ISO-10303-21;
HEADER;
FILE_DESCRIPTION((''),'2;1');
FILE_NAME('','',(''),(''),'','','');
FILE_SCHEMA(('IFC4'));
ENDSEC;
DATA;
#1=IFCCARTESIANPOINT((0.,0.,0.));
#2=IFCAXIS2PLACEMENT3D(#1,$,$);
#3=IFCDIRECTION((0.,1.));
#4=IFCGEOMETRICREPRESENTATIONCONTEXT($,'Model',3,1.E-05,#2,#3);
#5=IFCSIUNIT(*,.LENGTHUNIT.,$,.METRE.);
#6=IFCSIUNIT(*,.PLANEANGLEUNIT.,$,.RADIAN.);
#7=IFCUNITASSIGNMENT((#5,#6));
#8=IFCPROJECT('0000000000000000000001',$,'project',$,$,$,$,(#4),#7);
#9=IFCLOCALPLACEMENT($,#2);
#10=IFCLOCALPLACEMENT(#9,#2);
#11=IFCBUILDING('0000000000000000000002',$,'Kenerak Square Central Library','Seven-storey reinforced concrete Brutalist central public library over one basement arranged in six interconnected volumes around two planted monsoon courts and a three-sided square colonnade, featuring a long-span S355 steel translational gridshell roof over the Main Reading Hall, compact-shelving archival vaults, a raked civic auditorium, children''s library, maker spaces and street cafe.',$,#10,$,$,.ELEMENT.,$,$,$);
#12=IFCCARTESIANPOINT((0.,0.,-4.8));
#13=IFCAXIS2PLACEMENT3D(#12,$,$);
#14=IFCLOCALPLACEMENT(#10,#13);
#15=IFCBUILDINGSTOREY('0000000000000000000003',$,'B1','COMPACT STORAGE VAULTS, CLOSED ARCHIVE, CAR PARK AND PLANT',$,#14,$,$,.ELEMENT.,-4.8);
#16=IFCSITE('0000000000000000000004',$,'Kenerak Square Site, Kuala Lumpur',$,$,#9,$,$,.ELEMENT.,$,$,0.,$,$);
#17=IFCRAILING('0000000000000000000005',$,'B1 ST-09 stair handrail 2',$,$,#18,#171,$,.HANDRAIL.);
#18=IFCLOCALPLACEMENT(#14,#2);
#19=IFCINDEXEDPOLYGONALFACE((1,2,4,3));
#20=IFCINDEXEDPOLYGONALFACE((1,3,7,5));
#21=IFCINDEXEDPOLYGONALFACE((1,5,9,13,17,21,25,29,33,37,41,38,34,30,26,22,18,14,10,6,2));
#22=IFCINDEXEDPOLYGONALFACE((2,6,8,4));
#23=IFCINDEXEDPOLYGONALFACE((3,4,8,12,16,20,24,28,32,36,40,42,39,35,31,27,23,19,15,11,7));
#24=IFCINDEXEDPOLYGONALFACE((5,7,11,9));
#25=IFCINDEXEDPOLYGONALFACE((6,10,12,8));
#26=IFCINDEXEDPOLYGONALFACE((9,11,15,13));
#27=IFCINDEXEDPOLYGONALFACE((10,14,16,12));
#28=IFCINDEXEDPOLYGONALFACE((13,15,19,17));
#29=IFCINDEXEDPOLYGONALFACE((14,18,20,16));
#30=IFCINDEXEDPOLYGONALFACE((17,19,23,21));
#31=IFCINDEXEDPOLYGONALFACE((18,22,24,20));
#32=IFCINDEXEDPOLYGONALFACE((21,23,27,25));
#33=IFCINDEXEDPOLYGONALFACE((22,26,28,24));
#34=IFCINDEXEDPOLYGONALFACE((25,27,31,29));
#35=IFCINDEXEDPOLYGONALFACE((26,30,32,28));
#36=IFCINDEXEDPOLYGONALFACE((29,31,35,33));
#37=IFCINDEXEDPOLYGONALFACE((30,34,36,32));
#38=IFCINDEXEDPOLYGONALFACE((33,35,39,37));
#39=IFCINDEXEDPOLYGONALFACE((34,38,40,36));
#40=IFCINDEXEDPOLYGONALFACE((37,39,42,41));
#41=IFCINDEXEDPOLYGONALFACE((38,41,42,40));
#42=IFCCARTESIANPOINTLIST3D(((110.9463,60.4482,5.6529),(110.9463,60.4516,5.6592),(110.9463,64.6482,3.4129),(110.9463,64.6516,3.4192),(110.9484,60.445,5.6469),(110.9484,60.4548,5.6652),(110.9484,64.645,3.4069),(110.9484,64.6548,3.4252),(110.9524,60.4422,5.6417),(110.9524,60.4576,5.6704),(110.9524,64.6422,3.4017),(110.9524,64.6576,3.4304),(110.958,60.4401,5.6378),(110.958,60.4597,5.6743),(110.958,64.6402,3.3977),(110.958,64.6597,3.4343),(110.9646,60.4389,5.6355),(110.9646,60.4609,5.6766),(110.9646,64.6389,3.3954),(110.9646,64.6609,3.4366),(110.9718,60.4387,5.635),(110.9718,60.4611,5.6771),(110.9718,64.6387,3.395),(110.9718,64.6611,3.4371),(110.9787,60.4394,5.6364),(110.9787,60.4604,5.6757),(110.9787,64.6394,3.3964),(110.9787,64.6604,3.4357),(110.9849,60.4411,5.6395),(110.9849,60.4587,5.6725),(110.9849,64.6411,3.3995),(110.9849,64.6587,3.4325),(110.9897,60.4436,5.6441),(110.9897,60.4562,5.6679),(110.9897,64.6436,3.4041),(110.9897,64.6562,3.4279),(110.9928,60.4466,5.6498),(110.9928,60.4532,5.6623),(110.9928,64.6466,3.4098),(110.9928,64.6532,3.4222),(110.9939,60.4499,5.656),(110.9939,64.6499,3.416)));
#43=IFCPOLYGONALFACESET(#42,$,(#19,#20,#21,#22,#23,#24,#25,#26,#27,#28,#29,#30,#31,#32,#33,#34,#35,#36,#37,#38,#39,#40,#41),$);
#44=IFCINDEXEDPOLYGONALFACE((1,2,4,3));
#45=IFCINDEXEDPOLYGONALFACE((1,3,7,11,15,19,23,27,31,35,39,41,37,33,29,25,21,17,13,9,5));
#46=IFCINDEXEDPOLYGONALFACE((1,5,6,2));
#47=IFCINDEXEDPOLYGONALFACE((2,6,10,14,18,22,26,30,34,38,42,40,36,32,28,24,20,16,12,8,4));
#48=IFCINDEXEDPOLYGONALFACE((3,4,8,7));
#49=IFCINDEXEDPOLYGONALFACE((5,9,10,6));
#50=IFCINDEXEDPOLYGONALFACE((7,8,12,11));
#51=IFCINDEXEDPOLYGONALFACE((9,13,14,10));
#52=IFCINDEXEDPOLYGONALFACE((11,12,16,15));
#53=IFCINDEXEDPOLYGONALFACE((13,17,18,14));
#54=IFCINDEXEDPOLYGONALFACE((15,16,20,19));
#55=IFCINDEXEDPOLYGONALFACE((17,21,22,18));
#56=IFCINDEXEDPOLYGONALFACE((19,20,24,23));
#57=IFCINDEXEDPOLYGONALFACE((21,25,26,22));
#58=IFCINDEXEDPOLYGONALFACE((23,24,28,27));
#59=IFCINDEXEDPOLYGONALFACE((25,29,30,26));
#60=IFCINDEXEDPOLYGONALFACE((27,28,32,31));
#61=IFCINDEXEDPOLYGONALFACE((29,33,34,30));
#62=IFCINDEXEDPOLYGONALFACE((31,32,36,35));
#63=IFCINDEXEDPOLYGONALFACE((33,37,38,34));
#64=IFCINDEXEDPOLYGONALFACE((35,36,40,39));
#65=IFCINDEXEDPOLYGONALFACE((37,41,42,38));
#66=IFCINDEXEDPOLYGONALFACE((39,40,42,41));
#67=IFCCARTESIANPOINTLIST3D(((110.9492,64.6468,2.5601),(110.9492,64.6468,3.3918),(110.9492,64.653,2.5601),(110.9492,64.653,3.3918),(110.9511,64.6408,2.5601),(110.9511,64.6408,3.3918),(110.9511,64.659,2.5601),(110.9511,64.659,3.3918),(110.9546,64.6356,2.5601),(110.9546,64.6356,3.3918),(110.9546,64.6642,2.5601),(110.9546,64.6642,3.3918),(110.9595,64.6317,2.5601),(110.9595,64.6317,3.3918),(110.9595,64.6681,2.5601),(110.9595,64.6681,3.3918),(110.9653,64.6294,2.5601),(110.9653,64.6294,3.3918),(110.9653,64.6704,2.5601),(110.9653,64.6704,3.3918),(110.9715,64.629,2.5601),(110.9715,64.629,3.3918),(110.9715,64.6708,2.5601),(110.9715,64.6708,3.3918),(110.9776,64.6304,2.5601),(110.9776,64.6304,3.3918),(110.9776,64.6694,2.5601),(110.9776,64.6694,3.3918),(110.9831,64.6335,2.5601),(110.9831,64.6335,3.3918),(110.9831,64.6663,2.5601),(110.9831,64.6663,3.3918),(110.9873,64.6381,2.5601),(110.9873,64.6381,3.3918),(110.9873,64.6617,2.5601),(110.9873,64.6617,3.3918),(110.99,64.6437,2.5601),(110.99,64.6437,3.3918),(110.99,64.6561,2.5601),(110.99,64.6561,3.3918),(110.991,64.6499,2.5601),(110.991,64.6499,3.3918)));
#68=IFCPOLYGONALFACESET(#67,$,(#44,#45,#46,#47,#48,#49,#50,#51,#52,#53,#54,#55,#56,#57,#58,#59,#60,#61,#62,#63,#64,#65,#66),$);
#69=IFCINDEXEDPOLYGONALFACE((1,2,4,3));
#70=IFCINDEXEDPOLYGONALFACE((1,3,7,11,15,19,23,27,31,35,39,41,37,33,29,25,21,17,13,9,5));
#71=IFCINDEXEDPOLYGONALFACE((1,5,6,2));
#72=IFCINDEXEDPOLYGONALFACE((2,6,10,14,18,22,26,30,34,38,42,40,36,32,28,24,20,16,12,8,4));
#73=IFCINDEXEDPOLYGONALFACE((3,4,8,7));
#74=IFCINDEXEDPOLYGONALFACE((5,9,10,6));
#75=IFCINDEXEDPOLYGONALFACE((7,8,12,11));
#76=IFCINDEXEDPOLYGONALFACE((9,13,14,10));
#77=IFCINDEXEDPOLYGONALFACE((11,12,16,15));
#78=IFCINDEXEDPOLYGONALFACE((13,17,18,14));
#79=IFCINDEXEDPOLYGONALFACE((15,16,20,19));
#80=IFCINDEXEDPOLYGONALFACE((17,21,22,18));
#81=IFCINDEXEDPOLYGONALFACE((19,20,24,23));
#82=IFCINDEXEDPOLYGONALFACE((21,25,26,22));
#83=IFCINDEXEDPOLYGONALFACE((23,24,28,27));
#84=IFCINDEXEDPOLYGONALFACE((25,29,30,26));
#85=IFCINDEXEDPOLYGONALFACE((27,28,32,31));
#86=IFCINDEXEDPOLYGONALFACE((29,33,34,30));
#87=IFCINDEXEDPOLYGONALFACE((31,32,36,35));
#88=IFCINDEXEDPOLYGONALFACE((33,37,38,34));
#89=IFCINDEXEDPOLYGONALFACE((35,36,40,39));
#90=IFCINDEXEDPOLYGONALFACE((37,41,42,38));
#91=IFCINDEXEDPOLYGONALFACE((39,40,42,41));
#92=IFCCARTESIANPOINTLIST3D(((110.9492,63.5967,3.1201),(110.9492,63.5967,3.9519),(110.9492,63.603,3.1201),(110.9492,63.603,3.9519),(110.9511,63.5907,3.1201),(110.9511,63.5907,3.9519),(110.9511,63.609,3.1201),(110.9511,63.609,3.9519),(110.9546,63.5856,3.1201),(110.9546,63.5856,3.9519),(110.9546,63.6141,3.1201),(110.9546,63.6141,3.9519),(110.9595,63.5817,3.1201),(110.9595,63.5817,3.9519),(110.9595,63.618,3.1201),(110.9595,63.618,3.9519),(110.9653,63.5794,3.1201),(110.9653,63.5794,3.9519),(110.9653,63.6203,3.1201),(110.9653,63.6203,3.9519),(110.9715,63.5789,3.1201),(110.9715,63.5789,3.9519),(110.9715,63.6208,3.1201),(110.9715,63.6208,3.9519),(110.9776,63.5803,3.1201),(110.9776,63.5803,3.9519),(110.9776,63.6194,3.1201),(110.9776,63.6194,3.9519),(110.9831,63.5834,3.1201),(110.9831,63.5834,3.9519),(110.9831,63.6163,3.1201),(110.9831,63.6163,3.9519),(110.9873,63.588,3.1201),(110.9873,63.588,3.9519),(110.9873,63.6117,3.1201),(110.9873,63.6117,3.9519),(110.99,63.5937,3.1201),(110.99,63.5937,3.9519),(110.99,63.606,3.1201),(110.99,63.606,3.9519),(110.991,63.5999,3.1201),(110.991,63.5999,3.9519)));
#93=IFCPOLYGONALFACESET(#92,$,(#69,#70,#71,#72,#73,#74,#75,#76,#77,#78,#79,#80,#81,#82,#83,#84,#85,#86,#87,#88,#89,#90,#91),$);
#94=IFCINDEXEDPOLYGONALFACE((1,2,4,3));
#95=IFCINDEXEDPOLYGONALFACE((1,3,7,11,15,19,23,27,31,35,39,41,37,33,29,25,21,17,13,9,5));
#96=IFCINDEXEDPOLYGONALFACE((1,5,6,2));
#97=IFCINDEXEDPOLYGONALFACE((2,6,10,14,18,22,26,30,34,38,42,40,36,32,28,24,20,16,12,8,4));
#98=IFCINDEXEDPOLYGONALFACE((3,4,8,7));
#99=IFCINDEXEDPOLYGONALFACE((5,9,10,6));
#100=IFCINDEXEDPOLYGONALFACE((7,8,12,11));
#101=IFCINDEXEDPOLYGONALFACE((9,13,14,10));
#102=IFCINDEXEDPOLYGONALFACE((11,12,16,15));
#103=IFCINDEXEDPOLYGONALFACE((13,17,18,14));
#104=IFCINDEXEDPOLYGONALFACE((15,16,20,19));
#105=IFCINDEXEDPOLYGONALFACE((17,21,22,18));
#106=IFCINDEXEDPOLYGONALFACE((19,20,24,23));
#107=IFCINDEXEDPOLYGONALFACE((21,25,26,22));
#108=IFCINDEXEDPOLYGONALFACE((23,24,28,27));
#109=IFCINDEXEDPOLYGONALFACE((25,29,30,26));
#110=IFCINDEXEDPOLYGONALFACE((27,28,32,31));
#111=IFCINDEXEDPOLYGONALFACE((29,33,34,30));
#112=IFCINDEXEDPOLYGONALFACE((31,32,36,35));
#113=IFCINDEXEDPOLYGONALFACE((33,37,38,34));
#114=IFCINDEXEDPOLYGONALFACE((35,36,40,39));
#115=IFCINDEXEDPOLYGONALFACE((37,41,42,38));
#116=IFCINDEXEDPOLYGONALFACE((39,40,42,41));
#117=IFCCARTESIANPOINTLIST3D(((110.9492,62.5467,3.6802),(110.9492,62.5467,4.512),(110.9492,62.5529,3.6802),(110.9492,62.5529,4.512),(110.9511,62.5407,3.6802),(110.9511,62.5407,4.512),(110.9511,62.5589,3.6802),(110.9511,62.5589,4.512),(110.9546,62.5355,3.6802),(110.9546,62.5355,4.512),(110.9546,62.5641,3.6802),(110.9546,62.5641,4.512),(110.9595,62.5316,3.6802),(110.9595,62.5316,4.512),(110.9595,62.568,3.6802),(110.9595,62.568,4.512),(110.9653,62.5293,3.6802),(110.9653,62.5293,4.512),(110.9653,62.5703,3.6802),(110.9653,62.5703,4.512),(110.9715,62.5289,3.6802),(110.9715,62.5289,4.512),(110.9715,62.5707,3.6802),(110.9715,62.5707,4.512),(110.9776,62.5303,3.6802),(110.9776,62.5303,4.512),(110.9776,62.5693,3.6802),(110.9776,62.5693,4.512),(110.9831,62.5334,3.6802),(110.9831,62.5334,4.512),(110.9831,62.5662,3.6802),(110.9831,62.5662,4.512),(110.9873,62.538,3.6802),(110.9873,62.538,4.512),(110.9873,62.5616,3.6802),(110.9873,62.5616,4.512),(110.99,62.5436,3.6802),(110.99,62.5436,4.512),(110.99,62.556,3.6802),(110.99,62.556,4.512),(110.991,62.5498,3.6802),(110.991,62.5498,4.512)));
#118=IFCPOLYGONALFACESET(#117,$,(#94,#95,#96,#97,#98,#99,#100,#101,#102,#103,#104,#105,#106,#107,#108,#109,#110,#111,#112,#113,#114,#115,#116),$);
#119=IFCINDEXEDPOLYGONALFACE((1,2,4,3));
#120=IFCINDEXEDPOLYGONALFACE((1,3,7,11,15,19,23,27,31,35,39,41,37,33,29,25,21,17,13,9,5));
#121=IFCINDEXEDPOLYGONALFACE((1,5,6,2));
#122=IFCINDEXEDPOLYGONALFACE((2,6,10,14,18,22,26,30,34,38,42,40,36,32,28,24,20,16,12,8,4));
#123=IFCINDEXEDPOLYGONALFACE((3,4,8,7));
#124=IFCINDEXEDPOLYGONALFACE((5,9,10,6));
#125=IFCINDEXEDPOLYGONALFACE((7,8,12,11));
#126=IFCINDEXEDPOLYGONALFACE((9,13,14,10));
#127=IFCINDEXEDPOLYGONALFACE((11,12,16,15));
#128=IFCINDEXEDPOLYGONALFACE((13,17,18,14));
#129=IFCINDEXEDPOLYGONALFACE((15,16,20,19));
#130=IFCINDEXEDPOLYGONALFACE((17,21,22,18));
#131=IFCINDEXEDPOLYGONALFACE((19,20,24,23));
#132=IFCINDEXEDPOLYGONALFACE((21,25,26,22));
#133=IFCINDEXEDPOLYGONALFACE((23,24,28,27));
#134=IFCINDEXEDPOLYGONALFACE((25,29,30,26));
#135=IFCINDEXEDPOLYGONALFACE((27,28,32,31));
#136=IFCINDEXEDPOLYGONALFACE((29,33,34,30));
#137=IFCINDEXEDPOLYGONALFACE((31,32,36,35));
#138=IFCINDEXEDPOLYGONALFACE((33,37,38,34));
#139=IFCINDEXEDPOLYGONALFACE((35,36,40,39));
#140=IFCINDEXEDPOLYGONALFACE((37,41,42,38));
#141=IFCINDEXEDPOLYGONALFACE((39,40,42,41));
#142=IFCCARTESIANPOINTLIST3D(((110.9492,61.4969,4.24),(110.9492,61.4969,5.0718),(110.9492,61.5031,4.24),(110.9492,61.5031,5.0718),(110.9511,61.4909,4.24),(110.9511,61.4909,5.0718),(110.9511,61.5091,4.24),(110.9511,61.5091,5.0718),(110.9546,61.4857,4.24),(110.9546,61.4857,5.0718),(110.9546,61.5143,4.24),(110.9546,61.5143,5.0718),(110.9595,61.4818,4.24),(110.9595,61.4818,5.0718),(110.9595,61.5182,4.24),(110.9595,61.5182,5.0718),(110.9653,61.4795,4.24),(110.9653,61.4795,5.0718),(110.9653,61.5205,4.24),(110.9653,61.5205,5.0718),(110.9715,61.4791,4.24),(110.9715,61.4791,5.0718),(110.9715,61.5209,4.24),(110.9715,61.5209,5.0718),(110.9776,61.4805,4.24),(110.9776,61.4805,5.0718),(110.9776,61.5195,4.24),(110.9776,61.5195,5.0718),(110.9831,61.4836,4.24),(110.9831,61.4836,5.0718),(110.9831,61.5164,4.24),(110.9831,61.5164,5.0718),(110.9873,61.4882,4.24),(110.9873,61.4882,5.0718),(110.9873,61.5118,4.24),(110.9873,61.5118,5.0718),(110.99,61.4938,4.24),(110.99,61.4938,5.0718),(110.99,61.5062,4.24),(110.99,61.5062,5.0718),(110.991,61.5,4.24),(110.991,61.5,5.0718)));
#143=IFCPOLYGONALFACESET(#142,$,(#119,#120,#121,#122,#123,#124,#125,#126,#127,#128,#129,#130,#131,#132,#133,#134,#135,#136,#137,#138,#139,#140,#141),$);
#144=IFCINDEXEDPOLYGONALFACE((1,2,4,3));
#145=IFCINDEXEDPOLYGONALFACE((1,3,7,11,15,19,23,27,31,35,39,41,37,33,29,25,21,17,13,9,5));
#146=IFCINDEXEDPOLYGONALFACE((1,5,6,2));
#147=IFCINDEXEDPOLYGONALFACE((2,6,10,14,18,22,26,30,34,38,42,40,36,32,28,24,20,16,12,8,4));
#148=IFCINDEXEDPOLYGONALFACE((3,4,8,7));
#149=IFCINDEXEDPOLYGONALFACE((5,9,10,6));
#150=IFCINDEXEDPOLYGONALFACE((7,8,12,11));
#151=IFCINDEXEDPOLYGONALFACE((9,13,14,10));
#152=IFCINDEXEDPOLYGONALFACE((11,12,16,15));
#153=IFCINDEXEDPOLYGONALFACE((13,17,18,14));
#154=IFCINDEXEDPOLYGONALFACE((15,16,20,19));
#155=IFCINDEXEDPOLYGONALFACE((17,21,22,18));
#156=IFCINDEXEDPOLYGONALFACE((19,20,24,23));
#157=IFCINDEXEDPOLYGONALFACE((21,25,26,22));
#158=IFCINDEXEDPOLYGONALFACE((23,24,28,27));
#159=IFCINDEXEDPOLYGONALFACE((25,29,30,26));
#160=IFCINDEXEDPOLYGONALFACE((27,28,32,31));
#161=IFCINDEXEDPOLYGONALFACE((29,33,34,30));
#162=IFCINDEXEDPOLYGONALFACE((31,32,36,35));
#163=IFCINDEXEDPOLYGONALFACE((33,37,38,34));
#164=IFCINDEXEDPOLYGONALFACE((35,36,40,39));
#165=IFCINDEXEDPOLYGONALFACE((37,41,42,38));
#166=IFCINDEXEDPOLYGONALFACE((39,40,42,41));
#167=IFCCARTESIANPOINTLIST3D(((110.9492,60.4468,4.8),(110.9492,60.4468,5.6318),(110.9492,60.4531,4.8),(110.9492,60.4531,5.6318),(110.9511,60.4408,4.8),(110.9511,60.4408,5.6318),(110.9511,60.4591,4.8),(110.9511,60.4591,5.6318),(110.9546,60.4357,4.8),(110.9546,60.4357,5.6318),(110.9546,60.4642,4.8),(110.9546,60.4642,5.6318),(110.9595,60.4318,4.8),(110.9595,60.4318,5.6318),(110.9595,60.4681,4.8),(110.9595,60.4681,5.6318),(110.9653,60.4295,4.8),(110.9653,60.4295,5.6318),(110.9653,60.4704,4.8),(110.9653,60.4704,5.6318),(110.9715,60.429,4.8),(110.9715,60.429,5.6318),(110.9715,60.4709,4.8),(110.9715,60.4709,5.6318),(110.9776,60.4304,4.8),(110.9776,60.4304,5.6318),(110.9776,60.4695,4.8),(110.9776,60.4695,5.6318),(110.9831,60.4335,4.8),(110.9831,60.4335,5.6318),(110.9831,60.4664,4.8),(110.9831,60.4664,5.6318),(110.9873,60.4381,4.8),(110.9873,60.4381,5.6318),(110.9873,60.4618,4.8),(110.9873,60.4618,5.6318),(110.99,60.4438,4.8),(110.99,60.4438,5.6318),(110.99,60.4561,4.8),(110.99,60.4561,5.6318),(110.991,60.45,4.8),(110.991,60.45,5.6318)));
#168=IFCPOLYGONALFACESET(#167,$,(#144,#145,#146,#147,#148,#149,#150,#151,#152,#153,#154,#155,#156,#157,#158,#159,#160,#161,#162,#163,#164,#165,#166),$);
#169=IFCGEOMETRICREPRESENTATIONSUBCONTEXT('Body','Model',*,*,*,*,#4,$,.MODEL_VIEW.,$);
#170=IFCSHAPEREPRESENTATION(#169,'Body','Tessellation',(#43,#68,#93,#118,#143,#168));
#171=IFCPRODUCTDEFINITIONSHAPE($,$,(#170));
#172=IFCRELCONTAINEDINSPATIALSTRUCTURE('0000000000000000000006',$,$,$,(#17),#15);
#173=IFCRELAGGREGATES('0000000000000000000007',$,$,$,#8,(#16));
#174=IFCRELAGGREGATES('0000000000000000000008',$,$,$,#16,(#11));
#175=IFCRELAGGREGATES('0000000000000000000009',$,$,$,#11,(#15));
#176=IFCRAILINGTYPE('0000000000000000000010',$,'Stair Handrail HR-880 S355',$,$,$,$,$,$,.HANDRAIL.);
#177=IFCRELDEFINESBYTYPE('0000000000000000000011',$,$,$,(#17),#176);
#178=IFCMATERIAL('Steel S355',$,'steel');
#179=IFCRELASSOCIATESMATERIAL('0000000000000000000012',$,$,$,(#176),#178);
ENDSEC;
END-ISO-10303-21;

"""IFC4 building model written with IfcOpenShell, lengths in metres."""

from ifc_helpers import new_model, si_unit, direction, frame, origin, origin_2d, place, context, subcontext, project, spatial, circle, extrude, material, type_object, element, save


model = new_model("IFC4")

# Units and contexts
model_context = context("Model", 3, precision=1e-05, world=origin(), true_north=direction((0.0, 1.0)))
body_context = subcontext(model_context, "Body", "Model", "MODEL_VIEW")
ifc_project = project(units=[si_unit("LENGTHUNIT", "METRE"), si_unit("PLANEANGLEUNIT", "RADIAN")], contexts=[model_context])

# Site, building, storey
site_placement = place(None, origin())
site = spatial("IfcSite", under=ifc_project, at=site_placement, Name="Kenerak Square Site, Kuala Lumpur", CompositionType="ELEMENT", RefElevation=0.0)
building_placement = place(site_placement, origin())
building = spatial("IfcBuilding", under=site, at=building_placement, Name="Kenerak Square Central Library", Description="Seven-storey reinforced concrete Brutalist central public library over one basement arranged in six interconnected volumes around two planted monsoon courts and a three-sided square colonnade, featuring a long-span S355 steel translational gridshell roof over the Main Reading Hall, compact-shelving archival vaults, a raked civic auditorium, children's library, maker spaces and street cafe.", CompositionType="ELEMENT")
storey_placement = place(building_placement, frame((0.0, 0.0, -4.8)))
storey = spatial("IfcBuildingStorey", under=building, at=storey_placement, Name="B1", Description="COMPACT STORAGE VAULTS, CLOSED ARCHIVE, CAR PARK AND PLANT", CompositionType="ELEMENT", Elevation=-4.8)

# Railing
ifc_material_1 = material(Name="Steel S355", Category="steel")
railing_type_1 = type_object("IfcRailingType", Name="Stair Handrail HR-880 S355", PredefinedType="HANDRAIL", material=ifc_material_1)
railing_1_placement = place(storey_placement, frame((110.97, 64.6499, 2.5601)))
element("IfcRailing", 1, at=railing_1_placement, inside=storey, type_object=railing_type_1, Name="B1 ST-09 stair handrail 2", PredefinedType="HANDRAIL", context=body_context, shape_type="SweptSolid", body=[
    extrude(circle(Radius=0.0239, at=origin_2d()), frame((0.0, 0.0, 0.856), z_axis=(0.0, -0.882352, 0.470591), x_axis=(1.0, 0.0, 0.0)), (0.0, 0.0, 1.0), 4.76),
    extrude(circle(Radius=0.021, at=origin_2d()), origin(), (0.0, 0.0, 1.0), 0.8318),
    extrude(circle(Radius=0.021, at=origin_2d()), frame((0.0, -1.05, 0.5601)), (0.0, 0.0, 1.0), 0.8318),
    extrude(circle(Radius=0.021, at=origin_2d()), frame((0.0, -2.1001, 1.1201)), (0.0, 0.0, 1.0), 0.8318),
    extrude(circle(Radius=0.021, at=origin_2d()), frame((0.0, -3.1499, 1.6799)), (0.0, 0.0, 1.0), 0.8318),
    extrude(circle(Radius=0.021, at=origin_2d()), frame((0.0, -4.2, 2.24)), (0.0, 0.0, 1.0), 0.8318),
])

save(model, "model.ifc")
